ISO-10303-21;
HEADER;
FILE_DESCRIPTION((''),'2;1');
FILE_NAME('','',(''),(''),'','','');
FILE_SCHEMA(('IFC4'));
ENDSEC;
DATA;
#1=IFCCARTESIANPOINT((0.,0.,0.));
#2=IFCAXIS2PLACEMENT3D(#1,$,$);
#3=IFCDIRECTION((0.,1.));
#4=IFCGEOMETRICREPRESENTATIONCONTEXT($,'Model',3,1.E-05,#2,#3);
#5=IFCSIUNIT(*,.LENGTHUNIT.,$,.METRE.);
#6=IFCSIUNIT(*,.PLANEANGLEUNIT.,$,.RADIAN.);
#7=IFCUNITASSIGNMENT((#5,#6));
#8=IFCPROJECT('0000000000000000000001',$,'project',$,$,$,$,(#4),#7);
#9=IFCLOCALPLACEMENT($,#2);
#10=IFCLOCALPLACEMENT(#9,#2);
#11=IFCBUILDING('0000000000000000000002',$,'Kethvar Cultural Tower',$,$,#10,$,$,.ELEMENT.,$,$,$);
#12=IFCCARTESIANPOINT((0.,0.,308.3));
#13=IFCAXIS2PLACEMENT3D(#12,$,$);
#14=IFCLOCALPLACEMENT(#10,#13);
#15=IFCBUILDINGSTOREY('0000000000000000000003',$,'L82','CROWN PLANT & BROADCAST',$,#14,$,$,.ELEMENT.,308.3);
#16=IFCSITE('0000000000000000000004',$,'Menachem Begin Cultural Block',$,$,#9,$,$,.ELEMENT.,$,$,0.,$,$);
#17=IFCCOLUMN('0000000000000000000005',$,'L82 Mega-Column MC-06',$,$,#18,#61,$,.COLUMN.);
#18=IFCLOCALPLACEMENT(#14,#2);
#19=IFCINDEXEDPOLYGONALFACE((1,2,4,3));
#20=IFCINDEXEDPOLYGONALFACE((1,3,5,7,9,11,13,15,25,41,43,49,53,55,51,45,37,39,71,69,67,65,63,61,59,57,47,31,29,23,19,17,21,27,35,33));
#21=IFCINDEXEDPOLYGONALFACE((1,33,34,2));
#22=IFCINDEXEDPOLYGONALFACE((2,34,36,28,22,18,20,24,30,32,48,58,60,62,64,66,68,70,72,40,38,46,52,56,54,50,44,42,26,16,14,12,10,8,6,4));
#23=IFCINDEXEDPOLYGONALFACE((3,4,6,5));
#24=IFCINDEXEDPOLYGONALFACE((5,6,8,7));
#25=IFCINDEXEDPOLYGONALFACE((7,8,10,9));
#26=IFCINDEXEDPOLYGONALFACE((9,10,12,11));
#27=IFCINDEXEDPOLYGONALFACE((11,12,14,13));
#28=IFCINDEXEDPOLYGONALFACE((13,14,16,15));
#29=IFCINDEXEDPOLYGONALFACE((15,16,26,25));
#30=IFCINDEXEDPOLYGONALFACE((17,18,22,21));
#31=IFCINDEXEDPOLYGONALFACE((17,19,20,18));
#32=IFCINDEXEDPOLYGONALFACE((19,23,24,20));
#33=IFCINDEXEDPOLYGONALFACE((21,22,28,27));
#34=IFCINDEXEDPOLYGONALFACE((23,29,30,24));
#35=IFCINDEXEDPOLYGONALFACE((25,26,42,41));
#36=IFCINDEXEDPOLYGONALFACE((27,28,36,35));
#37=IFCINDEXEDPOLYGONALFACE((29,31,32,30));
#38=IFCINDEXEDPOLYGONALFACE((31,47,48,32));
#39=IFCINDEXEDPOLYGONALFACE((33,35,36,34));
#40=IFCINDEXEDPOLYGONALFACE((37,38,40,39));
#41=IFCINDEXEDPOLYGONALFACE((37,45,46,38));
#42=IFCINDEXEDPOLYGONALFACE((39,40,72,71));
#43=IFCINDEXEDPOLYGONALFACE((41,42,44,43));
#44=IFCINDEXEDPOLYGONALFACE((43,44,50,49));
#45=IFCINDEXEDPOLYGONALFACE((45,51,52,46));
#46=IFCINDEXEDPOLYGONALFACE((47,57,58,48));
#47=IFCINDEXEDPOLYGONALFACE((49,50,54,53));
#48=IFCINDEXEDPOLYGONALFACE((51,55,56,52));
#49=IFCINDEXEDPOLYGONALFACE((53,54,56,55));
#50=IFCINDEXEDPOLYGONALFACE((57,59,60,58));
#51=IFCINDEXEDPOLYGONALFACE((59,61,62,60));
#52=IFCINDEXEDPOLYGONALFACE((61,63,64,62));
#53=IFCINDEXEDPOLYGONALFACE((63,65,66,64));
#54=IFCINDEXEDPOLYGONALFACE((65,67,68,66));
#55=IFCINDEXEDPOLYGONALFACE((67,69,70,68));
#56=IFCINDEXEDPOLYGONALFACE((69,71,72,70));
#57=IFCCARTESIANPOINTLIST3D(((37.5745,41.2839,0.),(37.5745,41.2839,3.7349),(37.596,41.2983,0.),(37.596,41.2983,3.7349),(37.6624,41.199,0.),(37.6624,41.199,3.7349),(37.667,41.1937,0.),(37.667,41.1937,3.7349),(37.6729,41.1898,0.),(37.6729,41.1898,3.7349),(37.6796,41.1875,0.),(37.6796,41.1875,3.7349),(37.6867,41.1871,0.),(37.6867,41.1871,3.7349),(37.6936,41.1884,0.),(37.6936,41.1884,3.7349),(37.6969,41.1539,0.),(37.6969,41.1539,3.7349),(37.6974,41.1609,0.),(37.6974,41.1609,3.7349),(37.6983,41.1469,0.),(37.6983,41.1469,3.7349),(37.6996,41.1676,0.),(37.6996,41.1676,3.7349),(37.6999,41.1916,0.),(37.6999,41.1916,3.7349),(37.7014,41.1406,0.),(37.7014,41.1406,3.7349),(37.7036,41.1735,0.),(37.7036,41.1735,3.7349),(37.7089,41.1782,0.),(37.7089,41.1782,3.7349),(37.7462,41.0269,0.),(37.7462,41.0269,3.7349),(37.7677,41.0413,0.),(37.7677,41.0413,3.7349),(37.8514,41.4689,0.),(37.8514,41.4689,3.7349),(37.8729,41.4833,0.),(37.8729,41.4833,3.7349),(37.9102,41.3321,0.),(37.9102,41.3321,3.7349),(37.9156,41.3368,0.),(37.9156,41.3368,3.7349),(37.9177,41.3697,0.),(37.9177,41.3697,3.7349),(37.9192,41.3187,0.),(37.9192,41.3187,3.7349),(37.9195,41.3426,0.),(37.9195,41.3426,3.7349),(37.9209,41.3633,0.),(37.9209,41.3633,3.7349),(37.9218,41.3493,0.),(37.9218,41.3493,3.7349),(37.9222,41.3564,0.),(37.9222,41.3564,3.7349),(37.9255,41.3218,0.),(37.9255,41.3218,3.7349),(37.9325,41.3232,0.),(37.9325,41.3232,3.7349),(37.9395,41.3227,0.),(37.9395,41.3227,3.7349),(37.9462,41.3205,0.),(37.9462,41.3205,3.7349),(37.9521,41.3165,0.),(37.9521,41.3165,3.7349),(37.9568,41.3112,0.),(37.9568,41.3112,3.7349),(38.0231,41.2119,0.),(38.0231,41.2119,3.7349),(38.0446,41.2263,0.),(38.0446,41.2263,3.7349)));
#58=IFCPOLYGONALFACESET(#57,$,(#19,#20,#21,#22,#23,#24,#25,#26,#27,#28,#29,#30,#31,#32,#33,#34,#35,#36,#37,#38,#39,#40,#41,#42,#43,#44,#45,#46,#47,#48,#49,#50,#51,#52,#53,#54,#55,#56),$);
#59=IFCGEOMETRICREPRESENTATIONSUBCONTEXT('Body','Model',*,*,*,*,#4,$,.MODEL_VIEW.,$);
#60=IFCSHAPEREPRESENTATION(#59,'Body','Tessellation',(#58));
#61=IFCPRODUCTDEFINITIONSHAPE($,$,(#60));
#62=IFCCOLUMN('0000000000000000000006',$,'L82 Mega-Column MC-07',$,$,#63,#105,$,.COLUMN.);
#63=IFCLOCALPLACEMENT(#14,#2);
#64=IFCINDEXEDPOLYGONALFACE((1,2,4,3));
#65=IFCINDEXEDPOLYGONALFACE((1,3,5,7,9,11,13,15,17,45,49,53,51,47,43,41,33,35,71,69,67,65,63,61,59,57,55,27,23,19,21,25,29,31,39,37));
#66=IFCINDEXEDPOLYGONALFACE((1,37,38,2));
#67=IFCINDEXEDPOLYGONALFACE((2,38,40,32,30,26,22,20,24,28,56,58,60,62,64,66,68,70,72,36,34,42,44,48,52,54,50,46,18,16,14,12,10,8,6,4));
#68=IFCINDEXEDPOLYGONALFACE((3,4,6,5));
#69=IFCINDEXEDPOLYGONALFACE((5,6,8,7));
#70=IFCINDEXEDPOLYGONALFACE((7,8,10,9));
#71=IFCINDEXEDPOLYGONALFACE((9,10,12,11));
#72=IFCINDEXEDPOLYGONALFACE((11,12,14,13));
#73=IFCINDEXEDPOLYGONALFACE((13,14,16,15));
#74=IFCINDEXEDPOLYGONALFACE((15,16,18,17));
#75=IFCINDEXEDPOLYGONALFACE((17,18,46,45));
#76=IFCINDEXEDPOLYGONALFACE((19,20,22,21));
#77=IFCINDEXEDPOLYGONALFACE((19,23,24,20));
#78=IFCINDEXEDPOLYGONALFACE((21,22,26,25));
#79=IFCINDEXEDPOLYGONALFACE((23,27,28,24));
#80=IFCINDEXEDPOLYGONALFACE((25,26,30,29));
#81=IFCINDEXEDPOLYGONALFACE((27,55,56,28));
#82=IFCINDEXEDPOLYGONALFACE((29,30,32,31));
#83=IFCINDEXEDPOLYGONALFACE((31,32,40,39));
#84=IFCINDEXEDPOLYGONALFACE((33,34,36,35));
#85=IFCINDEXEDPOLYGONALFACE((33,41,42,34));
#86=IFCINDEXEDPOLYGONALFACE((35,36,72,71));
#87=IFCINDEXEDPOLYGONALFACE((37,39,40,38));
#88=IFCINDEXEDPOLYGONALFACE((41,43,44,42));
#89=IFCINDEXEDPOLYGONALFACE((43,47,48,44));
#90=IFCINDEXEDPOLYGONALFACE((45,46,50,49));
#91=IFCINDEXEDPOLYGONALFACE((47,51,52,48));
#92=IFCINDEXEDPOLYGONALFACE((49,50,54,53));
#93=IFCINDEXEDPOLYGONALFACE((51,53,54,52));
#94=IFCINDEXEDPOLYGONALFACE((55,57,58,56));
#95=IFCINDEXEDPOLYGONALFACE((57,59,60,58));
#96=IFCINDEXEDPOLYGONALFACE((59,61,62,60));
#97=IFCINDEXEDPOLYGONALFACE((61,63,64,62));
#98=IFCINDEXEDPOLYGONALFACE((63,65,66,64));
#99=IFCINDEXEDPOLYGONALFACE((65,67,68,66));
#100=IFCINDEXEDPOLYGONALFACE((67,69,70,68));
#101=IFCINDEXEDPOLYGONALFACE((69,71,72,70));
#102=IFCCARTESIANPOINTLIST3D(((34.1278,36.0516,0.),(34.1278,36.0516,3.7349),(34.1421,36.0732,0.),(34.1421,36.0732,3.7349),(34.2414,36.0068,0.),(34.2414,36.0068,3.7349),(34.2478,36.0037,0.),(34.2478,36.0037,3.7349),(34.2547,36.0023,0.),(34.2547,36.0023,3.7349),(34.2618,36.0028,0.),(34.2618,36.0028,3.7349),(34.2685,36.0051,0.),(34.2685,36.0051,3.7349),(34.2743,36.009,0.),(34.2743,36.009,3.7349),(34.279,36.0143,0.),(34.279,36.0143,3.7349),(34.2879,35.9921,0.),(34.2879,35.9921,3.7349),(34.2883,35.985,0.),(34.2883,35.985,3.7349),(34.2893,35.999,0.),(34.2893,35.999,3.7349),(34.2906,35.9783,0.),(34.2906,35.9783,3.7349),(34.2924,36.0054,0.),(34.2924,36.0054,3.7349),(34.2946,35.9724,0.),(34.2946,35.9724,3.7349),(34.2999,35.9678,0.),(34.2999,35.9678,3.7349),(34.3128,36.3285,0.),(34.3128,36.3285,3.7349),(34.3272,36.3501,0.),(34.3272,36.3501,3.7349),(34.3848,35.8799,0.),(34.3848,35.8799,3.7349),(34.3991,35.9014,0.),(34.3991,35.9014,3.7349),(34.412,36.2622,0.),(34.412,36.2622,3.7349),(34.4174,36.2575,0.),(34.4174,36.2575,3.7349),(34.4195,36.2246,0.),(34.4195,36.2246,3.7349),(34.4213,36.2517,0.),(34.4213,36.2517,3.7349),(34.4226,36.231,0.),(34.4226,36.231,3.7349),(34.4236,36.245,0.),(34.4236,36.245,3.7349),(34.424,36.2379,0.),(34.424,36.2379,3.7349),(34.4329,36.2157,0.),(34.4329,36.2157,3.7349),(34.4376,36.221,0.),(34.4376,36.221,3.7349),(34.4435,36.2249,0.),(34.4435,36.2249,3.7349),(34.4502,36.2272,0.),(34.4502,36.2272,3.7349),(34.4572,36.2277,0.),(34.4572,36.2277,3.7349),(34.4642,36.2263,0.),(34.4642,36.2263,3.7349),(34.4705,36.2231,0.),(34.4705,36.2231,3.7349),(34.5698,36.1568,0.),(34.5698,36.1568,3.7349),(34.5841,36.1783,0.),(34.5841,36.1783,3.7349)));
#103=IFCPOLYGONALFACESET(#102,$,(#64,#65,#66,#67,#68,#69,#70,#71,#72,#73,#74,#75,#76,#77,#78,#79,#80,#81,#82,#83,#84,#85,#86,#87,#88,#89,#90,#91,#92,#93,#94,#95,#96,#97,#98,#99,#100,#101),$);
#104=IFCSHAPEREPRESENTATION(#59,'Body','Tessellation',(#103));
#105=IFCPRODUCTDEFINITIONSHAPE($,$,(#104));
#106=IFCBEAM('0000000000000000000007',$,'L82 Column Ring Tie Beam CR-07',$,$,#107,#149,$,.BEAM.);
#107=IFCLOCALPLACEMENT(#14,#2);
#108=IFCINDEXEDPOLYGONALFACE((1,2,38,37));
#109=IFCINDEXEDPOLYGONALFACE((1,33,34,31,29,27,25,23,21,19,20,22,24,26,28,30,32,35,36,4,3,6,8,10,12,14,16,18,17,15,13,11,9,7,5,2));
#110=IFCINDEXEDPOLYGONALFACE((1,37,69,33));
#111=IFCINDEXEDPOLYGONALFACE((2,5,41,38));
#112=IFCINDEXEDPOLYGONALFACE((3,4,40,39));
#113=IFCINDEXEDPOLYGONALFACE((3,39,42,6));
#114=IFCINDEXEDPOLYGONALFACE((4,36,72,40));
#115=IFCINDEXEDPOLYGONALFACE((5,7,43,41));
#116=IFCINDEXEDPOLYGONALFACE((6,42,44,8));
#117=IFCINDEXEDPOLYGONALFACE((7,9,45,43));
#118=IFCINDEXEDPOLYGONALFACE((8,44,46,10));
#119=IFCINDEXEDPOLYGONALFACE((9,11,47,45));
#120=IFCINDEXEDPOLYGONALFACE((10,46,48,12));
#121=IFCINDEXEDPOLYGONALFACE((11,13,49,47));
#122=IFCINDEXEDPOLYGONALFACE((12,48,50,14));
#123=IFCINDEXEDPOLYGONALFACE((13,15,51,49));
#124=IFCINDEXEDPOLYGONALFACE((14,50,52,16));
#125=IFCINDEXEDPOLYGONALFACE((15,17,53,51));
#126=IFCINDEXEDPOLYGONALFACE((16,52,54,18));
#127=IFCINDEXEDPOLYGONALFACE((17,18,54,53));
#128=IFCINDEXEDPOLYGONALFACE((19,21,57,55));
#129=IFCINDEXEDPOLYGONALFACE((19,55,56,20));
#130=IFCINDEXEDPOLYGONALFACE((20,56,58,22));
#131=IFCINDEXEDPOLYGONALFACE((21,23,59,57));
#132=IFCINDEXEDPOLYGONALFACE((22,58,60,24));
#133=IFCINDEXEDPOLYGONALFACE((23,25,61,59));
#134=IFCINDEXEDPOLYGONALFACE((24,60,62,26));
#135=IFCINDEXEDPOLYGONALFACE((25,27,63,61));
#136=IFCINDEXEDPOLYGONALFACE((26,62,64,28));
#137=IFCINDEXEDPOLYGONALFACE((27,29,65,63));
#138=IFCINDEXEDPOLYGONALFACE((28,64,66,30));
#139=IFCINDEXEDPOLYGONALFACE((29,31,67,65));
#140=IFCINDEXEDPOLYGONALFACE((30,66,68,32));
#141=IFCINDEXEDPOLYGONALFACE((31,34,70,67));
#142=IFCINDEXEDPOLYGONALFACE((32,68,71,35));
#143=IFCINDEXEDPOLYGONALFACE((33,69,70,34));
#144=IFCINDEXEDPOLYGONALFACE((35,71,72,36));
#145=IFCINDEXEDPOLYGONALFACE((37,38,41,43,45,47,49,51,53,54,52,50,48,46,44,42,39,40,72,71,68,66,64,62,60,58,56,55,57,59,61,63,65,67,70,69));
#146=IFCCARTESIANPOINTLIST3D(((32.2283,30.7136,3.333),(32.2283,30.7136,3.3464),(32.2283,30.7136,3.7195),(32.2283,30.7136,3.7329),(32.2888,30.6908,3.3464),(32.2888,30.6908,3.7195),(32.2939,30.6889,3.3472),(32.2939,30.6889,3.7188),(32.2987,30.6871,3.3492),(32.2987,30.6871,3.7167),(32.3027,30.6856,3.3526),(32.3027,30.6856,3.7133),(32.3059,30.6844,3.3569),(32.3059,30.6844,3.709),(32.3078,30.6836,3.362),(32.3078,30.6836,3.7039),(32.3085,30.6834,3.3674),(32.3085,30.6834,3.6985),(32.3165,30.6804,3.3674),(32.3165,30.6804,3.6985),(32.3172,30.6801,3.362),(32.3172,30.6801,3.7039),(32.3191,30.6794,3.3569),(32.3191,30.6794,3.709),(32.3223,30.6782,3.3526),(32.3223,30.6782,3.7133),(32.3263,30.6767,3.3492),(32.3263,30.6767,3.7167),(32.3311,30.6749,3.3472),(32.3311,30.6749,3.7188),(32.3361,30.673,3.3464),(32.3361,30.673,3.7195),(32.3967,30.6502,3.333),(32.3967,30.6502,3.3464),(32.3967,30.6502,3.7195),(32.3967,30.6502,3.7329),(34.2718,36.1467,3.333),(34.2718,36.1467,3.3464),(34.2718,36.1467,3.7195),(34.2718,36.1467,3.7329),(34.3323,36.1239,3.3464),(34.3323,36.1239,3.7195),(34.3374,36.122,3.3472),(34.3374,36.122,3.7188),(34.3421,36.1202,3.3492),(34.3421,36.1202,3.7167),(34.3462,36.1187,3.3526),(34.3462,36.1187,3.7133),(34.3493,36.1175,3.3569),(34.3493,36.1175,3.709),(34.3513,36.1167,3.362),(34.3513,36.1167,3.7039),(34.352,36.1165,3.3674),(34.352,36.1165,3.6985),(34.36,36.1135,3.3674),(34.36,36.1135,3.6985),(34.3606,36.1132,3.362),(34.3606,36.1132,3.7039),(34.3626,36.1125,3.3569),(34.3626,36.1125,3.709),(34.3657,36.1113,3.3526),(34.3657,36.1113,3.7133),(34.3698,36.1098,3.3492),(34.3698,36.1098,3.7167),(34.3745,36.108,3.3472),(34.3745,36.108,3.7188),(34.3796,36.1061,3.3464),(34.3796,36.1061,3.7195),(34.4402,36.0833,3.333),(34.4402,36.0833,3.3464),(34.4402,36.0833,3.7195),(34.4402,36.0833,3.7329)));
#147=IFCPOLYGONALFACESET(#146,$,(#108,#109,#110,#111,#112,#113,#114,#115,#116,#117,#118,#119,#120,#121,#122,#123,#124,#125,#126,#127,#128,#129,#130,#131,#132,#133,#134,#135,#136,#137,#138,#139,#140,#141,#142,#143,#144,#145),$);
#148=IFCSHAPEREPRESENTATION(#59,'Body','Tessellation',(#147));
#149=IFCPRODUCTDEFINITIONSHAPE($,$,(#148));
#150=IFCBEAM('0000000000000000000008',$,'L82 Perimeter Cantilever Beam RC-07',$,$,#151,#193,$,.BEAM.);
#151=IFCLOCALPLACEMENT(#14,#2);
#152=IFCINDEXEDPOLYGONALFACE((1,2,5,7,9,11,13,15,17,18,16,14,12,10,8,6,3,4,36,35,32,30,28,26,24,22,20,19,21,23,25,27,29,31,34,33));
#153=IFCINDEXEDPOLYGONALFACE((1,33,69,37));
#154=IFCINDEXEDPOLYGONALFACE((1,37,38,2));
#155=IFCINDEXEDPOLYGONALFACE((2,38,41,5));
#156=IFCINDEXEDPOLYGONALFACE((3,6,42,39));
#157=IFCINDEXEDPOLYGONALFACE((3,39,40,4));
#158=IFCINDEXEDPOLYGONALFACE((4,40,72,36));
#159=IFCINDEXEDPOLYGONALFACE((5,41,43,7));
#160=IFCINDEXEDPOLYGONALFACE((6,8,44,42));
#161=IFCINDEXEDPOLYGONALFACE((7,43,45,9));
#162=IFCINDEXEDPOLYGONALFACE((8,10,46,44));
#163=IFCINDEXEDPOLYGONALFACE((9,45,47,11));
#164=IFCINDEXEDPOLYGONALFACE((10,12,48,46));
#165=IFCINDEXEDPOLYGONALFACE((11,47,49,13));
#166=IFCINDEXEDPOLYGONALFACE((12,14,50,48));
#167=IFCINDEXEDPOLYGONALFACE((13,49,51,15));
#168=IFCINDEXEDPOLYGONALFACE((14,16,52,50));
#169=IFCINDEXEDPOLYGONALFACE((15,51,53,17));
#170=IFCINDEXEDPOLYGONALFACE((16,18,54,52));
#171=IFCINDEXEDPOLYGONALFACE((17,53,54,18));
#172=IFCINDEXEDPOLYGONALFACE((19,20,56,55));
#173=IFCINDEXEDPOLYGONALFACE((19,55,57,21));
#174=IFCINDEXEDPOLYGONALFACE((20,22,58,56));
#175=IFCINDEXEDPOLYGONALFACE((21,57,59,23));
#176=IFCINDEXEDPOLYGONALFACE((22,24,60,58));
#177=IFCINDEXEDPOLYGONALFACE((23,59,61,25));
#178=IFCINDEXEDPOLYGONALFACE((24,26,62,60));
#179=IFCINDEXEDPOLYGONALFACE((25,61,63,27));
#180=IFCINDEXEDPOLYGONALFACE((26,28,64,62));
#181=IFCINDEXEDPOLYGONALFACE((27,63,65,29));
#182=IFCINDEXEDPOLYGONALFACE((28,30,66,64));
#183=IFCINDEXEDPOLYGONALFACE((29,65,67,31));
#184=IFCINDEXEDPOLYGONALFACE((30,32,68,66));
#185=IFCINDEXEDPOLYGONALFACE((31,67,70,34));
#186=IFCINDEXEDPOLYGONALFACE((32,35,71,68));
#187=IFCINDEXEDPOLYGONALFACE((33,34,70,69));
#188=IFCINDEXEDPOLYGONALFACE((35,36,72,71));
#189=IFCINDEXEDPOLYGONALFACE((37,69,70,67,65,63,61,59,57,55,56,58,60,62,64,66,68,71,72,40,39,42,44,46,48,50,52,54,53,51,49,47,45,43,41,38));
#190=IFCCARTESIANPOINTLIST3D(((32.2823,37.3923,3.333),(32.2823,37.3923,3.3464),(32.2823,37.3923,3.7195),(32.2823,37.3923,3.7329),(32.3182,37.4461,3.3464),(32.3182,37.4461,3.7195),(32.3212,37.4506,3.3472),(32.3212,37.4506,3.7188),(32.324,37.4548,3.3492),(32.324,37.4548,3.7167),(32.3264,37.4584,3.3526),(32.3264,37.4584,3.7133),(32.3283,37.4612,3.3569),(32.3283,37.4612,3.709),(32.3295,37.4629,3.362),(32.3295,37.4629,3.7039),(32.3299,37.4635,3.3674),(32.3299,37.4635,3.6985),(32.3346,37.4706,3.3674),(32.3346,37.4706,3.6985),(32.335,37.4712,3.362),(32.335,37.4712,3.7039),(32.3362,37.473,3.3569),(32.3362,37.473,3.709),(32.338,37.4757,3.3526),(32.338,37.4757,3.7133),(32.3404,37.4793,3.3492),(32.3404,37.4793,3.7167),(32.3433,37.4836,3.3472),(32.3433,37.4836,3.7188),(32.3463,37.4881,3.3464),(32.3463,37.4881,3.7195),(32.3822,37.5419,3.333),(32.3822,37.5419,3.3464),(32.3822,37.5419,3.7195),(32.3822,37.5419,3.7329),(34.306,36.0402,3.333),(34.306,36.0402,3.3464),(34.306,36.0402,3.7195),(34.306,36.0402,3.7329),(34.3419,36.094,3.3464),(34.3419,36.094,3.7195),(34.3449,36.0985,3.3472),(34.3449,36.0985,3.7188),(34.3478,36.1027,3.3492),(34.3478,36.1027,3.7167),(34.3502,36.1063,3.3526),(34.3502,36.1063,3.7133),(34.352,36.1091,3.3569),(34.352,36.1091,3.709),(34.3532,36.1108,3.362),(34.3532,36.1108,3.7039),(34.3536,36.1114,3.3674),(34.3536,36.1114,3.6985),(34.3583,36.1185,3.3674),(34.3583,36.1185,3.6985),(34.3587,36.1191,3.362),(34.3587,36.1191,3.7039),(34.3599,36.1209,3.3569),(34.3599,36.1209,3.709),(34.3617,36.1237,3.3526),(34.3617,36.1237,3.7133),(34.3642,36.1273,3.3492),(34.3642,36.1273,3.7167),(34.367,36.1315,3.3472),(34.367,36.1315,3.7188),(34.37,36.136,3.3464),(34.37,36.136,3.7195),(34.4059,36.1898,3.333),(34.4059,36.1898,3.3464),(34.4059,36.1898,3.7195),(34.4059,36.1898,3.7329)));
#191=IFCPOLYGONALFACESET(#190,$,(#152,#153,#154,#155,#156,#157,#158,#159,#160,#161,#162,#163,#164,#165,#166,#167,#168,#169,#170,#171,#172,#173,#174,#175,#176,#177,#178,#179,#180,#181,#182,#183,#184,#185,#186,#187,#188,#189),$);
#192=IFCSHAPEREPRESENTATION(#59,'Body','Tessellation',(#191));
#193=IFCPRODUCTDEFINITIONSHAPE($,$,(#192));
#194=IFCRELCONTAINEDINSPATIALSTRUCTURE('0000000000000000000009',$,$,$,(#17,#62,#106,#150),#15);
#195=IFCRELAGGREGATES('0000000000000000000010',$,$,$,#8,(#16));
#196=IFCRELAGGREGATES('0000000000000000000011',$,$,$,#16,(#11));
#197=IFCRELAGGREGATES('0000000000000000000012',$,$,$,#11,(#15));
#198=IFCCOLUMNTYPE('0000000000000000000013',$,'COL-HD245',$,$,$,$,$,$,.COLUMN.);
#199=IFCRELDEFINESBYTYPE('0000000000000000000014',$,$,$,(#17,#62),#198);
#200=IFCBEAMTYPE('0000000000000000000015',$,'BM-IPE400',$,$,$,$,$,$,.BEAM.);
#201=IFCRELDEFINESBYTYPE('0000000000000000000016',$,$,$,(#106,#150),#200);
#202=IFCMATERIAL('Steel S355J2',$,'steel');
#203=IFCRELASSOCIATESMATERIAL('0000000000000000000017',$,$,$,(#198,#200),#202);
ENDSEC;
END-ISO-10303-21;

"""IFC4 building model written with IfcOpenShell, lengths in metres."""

from ifc_helpers import new_model, si_unit, direction, frame, origin, origin_2d, place, context, subcontext, project, spatial, i_section, extrude, source, transform, mapped, material, material_profile, profile_set, type_object, element, save


model = new_model("IFC4")

# Units and contexts
model_context = context("Model", 3, precision=1e-05, world=origin(), true_north=direction((0.0, 1.0)))
body_context = subcontext(model_context, "Body", "Model", "MODEL_VIEW")
ifc_project = project(units=[si_unit("LENGTHUNIT", "METRE"), si_unit("PLANEANGLEUNIT", "RADIAN")], contexts=[model_context])

# Site, building, storey
site_placement = place(None, origin())
site = spatial("IfcSite", under=ifc_project, at=site_placement, Name="Menachem Begin Cultural Block", CompositionType="ELEMENT", RefElevation=0.0)
building_placement = place(site_placement, origin())
building = spatial("IfcBuilding", under=site, at=building_placement, Name="Kethvar Cultural Tower", CompositionType="ELEMENT")
storey_placement = place(building_placement, frame((0.0, 0.0, 308.3)))
storey = spatial("IfcBuildingStorey", under=building, at=storey_placement, Name="L82", Description="CROWN PLANT & BROADCAST", CompositionType="ELEMENT", Elevation=308.3)

# Columns
ifc_material_1 = material(Name="Steel S355J2", Category="steel")
ifc_material_profile_1 = material_profile(ifc_material_1, i_section(OverallWidth=0.3091, OverallDepth=0.3589, WebThickness=0.0161, FlangeThickness=0.0259, FilletRadius=0.0271, at=origin_2d()), Name="Steel S355J2 — HD320x245")
ifc_profile_set_1 = profile_set([ifc_material_profile_1], Name="Steel S355J2 — HD320x245")
column_type = type_object("IfcColumnType", Name="COL-HD245", PredefinedType="COLUMN", material=ifc_profile_set_1)
shared_shape_1 = source(origin(), body_context, "Body", "SweptSolid", [
    extrude(i_section(OverallWidth=0.3091, OverallDepth=0.3589, WebThickness=0.0161, FlangeThickness=0.0259, FilletRadius=0.0271, at=origin_2d()), origin(), (0.0, 0.0, 1.0), 3.7349),
])
for number, where, z_axis, x_axis, name in (
    (1, (37.8096, 41.2551, 0.0), (0.0, 0.0, 1.0), (-0.55557, 0.83147, 0.0), "L82 Mega-Column MC-06"),
    (2, (34.356, 36.115, 0.0), (0.0, 0.0, 1.0), (-0.83147, 0.55557, 0.0), "L82 Mega-Column MC-07"),
):
    element("IfcColumn", number, at=place(storey_placement, frame(where, z_axis=z_axis, x_axis=x_axis)), inside=storey, type_object=column_type, Name=name, PredefinedType="COLUMN", context=body_context, shape_type="MappedRepresentation", body=[
        mapped(shared_shape_1, transform((0.0, 0.0, 0.0), scale=1.0)),
    ])

# Beams
ifc_material_profile_2 = material_profile(ifc_material_1, i_section(OverallWidth=0.1799, OverallDepth=0.3999, WebThickness=0.0085, FlangeThickness=0.0134, FilletRadius=0.021, at=origin_2d()), Name="Steel S355J2 — IPE400")
ifc_profile_set_2 = profile_set([ifc_material_profile_2], Name="Steel S355J2 — IPE400")
beam_type_1 = type_object("IfcBeamType", Name="BM-IPE400", PredefinedType="BEAM", material=ifc_profile_set_2)
shared_shape_2 = source(origin(), body_context, "Body", "SweptSolid", [
    extrude(i_section(OverallWidth=0.1799, OverallDepth=0.3999, WebThickness=0.0085, FlangeThickness=0.0134, FilletRadius=0.021, at=origin_2d()), origin(), (0.0, 0.0, 1.0), 5.8047),
])
beam_1_placement = place(storey_placement, frame((34.356, 36.115, 3.533), z_axis=(-0.352036, -0.935986, 0.0), x_axis=(0.935986, -0.352036, 0.0)))
element("IfcBeam", 3, at=beam_1_placement, inside=storey, type_object=beam_type_1, Name="L82 Column Ring Tie Beam CR-07", PredefinedType="BEAM", context=body_context, shape_type="MappedRepresentation", body=[
    mapped(shared_shape_2, transform((0.0, 0.0, 0.0), scale=1.0)),
])
shared_shape_3 = source(origin(), body_context, "Body", "SweptSolid", [
    extrude(i_section(OverallWidth=0.1799, OverallDepth=0.3999, WebThickness=0.0085, FlangeThickness=0.0134, FilletRadius=0.021, at=origin_2d()), origin(), (0.0, 0.0, 1.0), 2.4338),
])
beam_2_placement = place(storey_placement, frame((34.356, 36.115, 3.533), z_axis=(-0.831494, 0.555533, 0.0), x_axis=(-0.555533, -0.831494, 0.0)))
element("IfcBeam", 4, at=beam_2_placement, inside=storey, type_object=beam_type_1, Name="L82 Perimeter Cantilever Beam RC-07", PredefinedType="BEAM", context=body_context, shape_type="MappedRepresentation", body=[
    mapped(shared_shape_3, transform((0.0, 0.0, 0.0), scale=1.0)),
])

save(model, "model.ifc")
